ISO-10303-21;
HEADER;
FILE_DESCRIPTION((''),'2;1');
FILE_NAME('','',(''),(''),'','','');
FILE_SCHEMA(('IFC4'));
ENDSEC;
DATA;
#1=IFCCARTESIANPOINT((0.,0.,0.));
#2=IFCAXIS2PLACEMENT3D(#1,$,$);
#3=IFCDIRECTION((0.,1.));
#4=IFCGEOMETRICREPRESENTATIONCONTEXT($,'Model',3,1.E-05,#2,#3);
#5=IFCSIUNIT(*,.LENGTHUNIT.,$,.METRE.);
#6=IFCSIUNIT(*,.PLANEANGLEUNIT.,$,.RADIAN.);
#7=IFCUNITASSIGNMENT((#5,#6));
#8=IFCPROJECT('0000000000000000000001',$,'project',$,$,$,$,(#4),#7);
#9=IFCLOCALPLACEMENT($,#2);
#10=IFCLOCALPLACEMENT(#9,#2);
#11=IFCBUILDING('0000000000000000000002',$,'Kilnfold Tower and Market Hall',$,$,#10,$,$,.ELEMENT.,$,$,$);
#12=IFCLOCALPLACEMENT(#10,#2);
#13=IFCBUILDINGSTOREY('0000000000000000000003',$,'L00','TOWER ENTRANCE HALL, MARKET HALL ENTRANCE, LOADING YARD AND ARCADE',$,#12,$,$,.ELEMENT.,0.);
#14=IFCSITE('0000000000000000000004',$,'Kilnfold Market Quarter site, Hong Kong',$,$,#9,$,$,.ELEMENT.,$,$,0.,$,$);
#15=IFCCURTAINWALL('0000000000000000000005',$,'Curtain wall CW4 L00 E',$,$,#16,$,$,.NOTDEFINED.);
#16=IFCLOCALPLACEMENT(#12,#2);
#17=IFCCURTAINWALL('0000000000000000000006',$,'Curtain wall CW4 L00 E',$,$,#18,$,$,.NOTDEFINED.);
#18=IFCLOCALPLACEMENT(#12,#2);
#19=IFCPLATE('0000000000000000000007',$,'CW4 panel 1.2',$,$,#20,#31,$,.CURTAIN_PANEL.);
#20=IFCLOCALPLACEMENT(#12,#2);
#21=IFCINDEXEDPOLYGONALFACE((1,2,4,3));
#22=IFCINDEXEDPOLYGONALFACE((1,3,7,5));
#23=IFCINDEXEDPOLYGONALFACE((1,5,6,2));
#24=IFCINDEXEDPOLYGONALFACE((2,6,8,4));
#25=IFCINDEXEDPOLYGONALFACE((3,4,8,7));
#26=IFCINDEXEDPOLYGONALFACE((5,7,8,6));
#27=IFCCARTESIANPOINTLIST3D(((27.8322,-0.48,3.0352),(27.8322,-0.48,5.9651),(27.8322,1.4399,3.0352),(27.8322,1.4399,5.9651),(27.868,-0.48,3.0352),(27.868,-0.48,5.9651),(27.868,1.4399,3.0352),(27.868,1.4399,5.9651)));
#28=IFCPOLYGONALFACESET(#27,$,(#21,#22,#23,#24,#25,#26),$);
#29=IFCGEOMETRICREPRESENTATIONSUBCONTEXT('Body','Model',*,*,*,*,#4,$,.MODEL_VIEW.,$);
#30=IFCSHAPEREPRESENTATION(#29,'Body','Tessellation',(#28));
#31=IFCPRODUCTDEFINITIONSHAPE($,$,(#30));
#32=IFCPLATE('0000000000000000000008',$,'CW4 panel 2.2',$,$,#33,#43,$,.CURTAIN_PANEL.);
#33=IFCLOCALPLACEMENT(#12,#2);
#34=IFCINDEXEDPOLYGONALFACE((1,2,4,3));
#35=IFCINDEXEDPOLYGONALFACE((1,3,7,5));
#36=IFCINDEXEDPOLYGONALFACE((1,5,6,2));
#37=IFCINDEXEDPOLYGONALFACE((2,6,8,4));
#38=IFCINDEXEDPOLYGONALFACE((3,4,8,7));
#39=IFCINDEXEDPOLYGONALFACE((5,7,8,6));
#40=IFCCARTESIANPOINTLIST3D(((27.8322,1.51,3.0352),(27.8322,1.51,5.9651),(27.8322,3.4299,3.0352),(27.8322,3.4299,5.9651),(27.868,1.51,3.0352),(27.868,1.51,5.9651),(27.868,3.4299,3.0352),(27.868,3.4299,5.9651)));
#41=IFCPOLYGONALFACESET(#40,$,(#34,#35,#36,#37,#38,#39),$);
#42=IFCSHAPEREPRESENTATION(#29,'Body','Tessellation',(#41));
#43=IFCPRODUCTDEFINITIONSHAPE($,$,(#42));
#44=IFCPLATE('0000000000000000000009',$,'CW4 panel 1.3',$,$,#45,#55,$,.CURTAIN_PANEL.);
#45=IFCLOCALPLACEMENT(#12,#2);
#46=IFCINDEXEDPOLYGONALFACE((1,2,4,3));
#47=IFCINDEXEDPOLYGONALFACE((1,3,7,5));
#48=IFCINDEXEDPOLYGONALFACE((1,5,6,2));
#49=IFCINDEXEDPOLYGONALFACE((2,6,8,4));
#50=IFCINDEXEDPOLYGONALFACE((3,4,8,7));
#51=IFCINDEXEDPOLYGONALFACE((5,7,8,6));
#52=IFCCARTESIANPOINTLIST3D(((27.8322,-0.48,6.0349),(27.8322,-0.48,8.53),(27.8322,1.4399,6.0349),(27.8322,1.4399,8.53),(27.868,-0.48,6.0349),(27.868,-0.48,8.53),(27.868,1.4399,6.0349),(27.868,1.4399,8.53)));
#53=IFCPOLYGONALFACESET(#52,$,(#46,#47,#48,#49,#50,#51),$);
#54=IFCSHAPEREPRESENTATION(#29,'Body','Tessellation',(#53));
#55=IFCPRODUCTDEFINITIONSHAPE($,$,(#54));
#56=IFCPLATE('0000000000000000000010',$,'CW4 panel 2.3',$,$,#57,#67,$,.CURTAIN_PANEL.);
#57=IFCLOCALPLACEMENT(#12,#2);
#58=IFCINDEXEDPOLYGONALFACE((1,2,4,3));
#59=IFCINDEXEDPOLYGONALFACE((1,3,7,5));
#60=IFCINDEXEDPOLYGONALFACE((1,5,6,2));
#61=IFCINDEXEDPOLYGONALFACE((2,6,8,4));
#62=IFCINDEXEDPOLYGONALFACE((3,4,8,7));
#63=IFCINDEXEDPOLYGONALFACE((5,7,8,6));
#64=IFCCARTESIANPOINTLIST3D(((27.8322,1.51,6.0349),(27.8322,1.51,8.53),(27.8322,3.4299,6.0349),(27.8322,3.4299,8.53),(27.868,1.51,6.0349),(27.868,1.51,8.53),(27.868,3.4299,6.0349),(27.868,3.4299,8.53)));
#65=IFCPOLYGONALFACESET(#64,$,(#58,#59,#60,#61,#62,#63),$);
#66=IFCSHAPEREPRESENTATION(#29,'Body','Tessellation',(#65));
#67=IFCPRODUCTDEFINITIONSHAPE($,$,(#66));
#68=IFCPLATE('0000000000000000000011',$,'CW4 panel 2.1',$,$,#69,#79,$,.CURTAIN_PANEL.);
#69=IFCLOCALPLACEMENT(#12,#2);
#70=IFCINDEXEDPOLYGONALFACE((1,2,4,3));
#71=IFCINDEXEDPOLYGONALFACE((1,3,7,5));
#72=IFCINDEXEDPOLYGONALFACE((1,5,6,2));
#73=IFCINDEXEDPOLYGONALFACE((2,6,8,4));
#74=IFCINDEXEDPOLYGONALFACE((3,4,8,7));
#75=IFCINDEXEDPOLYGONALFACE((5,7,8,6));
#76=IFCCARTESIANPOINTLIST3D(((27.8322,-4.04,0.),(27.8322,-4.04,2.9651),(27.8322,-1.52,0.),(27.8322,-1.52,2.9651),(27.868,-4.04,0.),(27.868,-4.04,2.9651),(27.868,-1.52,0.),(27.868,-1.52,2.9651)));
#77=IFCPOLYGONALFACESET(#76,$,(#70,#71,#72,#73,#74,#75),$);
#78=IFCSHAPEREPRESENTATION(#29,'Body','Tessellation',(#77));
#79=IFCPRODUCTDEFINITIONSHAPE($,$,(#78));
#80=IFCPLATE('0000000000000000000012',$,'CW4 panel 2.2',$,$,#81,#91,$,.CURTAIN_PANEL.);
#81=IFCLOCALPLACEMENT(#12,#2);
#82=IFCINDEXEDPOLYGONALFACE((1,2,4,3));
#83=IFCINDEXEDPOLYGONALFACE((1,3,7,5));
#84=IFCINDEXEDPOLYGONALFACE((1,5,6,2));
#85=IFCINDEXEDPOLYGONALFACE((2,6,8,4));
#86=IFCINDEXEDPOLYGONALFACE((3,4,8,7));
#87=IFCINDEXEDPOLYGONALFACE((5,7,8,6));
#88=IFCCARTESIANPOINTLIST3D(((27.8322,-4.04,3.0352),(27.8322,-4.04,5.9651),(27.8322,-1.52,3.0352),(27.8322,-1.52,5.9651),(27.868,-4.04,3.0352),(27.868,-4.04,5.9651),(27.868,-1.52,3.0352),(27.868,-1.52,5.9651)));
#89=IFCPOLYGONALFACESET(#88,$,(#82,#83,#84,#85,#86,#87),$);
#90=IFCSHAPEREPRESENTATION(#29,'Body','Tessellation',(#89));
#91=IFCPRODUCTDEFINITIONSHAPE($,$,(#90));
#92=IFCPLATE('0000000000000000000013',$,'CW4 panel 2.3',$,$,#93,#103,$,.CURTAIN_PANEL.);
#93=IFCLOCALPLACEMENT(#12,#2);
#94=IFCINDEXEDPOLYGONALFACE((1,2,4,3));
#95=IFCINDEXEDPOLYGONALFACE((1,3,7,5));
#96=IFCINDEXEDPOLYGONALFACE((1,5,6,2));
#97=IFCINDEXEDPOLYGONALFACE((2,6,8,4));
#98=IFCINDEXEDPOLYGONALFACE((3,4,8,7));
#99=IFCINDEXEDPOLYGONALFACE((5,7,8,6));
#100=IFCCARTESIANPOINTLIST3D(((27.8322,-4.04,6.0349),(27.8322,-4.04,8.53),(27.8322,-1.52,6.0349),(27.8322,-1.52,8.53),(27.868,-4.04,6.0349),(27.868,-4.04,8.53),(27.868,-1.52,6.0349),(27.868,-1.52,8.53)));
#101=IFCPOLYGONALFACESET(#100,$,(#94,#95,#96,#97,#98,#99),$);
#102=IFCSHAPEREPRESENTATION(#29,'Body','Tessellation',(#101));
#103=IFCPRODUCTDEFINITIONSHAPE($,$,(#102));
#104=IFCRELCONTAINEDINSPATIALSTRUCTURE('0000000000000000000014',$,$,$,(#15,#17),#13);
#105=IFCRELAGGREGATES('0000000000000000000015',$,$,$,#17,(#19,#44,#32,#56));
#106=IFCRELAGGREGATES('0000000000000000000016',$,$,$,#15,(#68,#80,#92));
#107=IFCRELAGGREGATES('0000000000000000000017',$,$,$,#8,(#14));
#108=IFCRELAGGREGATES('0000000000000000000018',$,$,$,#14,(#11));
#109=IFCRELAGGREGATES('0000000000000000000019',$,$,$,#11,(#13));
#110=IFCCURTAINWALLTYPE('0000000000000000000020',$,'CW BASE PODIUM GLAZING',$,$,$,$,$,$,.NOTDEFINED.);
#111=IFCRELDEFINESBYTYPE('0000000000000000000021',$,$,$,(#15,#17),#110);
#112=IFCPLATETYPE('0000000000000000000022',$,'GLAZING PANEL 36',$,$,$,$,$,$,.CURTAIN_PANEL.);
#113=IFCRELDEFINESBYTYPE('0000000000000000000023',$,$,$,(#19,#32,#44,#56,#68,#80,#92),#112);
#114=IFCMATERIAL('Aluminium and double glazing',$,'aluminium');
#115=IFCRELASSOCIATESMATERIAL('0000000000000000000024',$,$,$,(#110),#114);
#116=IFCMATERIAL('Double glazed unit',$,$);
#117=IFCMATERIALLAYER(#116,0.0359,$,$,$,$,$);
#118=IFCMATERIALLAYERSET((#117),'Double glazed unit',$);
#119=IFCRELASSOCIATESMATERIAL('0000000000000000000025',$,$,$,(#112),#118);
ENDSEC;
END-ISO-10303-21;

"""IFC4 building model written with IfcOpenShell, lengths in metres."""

from ifc_helpers import new_model, si_unit, direction, frame, origin, origin_2d, place, context, subcontext, project, spatial, rectangle, extrude, source, transform, mapped, material, layer, layer_set, type_object, element, aggregate, save


model = new_model("IFC4")

# Units and contexts
model_context = context("Model", 3, precision=1e-05, world=origin(), true_north=direction((0.0, 1.0)))
body_context = subcontext(model_context, "Body", "Model", "MODEL_VIEW")
ifc_project = project(units=[si_unit("LENGTHUNIT", "METRE"), si_unit("PLANEANGLEUNIT", "RADIAN")], contexts=[model_context])

# Site, building, storey
site_placement = place(None, origin())
site = spatial("IfcSite", under=ifc_project, at=site_placement, Name="Kilnfold Market Quarter site, Hong Kong", CompositionType="ELEMENT", RefElevation=0.0)
building_placement = place(site_placement, origin())
building = spatial("IfcBuilding", under=site, at=building_placement, Name="Kilnfold Tower and Market Hall", CompositionType="ELEMENT")
storey_placement = place(building_placement, origin())
storey = spatial("IfcBuildingStorey", under=building, at=storey_placement, Name="L00", Description="TOWER ENTRANCE HALL, MARKET HALL ENTRANCE, LOADING YARD AND ARCADE", CompositionType="ELEMENT", Elevation=0.0)

# Curtain wall
ifc_material_1 = material(Name="Aluminium and double glazing", Category="aluminium")
curtain_wall_type = type_object("IfcCurtainWallType", Name="CW BASE PODIUM GLAZING", PredefinedType="NOTDEFINED", material=ifc_material_1)
curtain_wall_1_placement = place(storey_placement, origin())
curtain_wall_1 = element("IfcCurtainWall", 1, at=curtain_wall_1_placement, inside=storey, type_object=curtain_wall_type, Name="Curtain wall CW4 L00 E", PredefinedType="NOTDEFINED")

# Curtain wall
curtain_wall_2_placement = place(storey_placement, origin())
curtain_wall_2 = element("IfcCurtainWall", 2, at=curtain_wall_2_placement, inside=storey, type_object=curtain_wall_type, Name="Curtain wall CW4 L00 E", PredefinedType="NOTDEFINED")

# Plates
ifc_material_2 = material(Name="Double glazed unit")
ifc_layer = layer(ifc_material_2, 0.0359)
ifc_layer_set = layer_set([ifc_layer], Name="Double glazed unit")
plate_type = type_object("IfcPlateType", Name="GLAZING PANEL 36", PredefinedType="CURTAIN_PANEL", material=ifc_layer_set)
shared_shape_1 = source(origin(), body_context, "Body", "SweptSolid", [
    extrude(rectangle(XDim=1.9199, YDim=0.0359, at=origin_2d()), origin(), (0.0, 0.0, 1.0), 2.9299),
])
plate_1_placement = place(storey_placement, frame((27.8501, 0.48, 3.0352), z_axis=(0.0, 0.0, 1.0), x_axis=(0.0, 1.0, 0.0)))
plate_1 = element("IfcPlate", 3, at=plate_1_placement, type_object=plate_type, Name="CW4 panel 1.2", PredefinedType="CURTAIN_PANEL", context=body_context, shape_type="MappedRepresentation", body=[
    mapped(shared_shape_1, transform((0.0, 0.0, 0.0))),
])
plate_2_placement = place(storey_placement, frame((27.8501, 2.47, 3.0352), z_axis=(0.0, 0.0, 1.0), x_axis=(0.0, 1.0, 0.0)))
plate_2 = element("IfcPlate", 4, at=plate_2_placement, type_object=plate_type, Name="CW4 panel 2.2", PredefinedType="CURTAIN_PANEL", context=body_context, shape_type="MappedRepresentation", body=[
    mapped(shared_shape_1, transform((0.0, 0.0, 0.0))),
])
shared_shape_2 = source(origin(), body_context, "Body", "SweptSolid", [
    extrude(rectangle(XDim=1.9199, YDim=0.0359, at=origin_2d()), origin(), (0.0, 0.0, 1.0), 2.4951),
])
plate_3_placement = place(storey_placement, frame((27.8501, 0.48, 6.0349), z_axis=(0.0, 0.0, 1.0), x_axis=(0.0, 1.0, 0.0)))
plate_3 = element("IfcPlate", 5, at=plate_3_placement, type_object=plate_type, Name="CW4 panel 1.3", PredefinedType="CURTAIN_PANEL", context=body_context, shape_type="MappedRepresentation", body=[
    mapped(shared_shape_2, transform((0.0, 0.0, 0.0))),
])
plate_4_placement = place(storey_placement, frame((27.8501, 2.47, 6.0349), z_axis=(0.0, 0.0, 1.0), x_axis=(0.0, 1.0, 0.0)))
plate_4 = element("IfcPlate", 6, at=plate_4_placement, type_object=plate_type, Name="CW4 panel 2.3", PredefinedType="CURTAIN_PANEL", context=body_context, shape_type="MappedRepresentation", body=[
    mapped(shared_shape_2, transform((0.0, 0.0, 0.0))),
])
aggregate(curtain_wall_2, [plate_1, plate_3, plate_2, plate_4])
shared_shape_3 = source(origin(), body_context, "Body", "SweptSolid", [
    extrude(rectangle(XDim=2.52, YDim=0.0359, at=origin_2d()), origin(), (0.0, 0.0, 1.0), 2.9651),
])
plate_5_placement = place(storey_placement, frame((27.8501, -2.78, 0.0), z_axis=(0.0, 0.0, 1.0), x_axis=(0.0, 1.0, 0.0)))
plate_5 = element("IfcPlate", 7, at=plate_5_placement, type_object=plate_type, Name="CW4 panel 2.1", PredefinedType="CURTAIN_PANEL", context=body_context, shape_type="MappedRepresentation", body=[
    mapped(shared_shape_3, transform((0.0, 0.0, 0.0))),
])
shared_shape_4 = source(origin(), body_context, "Body", "SweptSolid", [
    extrude(rectangle(XDim=2.52, YDim=0.0359, at=origin_2d()), origin(), (0.0, 0.0, 1.0), 2.9299),
])
plate_6_placement = place(storey_placement, frame((27.8501, -2.78, 3.0352), z_axis=(0.0, 0.0, 1.0), x_axis=(0.0, 1.0, 0.0)))
plate_6 = element("IfcPlate", 8, at=plate_6_placement, type_object=plate_type, Name="CW4 panel 2.2", PredefinedType="CURTAIN_PANEL", context=body_context, shape_type="MappedRepresentation", body=[
    mapped(shared_shape_4, transform((0.0, 0.0, 0.0))),
])
shared_shape_5 = source(origin(), body_context, "Body", "SweptSolid", [
    extrude(rectangle(XDim=2.52, YDim=0.0359, at=origin_2d()), origin(), (0.0, 0.0, 1.0), 2.4951),
])
plate_7_placement = place(storey_placement, frame((27.8501, -2.78, 6.0349), z_axis=(0.0, 0.0, 1.0), x_axis=(0.0, 1.0, 0.0)))
plate_7 = element("IfcPlate", 9, at=plate_7_placement, type_object=plate_type, Name="CW4 panel 2.3", PredefinedType="CURTAIN_PANEL", context=body_context, shape_type="MappedRepresentation", body=[
    mapped(shared_shape_5, transform((0.0, 0.0, 0.0))),
])
aggregate(curtain_wall_1, [plate_5, plate_6, plate_7])

save(model, "model.ifc")
